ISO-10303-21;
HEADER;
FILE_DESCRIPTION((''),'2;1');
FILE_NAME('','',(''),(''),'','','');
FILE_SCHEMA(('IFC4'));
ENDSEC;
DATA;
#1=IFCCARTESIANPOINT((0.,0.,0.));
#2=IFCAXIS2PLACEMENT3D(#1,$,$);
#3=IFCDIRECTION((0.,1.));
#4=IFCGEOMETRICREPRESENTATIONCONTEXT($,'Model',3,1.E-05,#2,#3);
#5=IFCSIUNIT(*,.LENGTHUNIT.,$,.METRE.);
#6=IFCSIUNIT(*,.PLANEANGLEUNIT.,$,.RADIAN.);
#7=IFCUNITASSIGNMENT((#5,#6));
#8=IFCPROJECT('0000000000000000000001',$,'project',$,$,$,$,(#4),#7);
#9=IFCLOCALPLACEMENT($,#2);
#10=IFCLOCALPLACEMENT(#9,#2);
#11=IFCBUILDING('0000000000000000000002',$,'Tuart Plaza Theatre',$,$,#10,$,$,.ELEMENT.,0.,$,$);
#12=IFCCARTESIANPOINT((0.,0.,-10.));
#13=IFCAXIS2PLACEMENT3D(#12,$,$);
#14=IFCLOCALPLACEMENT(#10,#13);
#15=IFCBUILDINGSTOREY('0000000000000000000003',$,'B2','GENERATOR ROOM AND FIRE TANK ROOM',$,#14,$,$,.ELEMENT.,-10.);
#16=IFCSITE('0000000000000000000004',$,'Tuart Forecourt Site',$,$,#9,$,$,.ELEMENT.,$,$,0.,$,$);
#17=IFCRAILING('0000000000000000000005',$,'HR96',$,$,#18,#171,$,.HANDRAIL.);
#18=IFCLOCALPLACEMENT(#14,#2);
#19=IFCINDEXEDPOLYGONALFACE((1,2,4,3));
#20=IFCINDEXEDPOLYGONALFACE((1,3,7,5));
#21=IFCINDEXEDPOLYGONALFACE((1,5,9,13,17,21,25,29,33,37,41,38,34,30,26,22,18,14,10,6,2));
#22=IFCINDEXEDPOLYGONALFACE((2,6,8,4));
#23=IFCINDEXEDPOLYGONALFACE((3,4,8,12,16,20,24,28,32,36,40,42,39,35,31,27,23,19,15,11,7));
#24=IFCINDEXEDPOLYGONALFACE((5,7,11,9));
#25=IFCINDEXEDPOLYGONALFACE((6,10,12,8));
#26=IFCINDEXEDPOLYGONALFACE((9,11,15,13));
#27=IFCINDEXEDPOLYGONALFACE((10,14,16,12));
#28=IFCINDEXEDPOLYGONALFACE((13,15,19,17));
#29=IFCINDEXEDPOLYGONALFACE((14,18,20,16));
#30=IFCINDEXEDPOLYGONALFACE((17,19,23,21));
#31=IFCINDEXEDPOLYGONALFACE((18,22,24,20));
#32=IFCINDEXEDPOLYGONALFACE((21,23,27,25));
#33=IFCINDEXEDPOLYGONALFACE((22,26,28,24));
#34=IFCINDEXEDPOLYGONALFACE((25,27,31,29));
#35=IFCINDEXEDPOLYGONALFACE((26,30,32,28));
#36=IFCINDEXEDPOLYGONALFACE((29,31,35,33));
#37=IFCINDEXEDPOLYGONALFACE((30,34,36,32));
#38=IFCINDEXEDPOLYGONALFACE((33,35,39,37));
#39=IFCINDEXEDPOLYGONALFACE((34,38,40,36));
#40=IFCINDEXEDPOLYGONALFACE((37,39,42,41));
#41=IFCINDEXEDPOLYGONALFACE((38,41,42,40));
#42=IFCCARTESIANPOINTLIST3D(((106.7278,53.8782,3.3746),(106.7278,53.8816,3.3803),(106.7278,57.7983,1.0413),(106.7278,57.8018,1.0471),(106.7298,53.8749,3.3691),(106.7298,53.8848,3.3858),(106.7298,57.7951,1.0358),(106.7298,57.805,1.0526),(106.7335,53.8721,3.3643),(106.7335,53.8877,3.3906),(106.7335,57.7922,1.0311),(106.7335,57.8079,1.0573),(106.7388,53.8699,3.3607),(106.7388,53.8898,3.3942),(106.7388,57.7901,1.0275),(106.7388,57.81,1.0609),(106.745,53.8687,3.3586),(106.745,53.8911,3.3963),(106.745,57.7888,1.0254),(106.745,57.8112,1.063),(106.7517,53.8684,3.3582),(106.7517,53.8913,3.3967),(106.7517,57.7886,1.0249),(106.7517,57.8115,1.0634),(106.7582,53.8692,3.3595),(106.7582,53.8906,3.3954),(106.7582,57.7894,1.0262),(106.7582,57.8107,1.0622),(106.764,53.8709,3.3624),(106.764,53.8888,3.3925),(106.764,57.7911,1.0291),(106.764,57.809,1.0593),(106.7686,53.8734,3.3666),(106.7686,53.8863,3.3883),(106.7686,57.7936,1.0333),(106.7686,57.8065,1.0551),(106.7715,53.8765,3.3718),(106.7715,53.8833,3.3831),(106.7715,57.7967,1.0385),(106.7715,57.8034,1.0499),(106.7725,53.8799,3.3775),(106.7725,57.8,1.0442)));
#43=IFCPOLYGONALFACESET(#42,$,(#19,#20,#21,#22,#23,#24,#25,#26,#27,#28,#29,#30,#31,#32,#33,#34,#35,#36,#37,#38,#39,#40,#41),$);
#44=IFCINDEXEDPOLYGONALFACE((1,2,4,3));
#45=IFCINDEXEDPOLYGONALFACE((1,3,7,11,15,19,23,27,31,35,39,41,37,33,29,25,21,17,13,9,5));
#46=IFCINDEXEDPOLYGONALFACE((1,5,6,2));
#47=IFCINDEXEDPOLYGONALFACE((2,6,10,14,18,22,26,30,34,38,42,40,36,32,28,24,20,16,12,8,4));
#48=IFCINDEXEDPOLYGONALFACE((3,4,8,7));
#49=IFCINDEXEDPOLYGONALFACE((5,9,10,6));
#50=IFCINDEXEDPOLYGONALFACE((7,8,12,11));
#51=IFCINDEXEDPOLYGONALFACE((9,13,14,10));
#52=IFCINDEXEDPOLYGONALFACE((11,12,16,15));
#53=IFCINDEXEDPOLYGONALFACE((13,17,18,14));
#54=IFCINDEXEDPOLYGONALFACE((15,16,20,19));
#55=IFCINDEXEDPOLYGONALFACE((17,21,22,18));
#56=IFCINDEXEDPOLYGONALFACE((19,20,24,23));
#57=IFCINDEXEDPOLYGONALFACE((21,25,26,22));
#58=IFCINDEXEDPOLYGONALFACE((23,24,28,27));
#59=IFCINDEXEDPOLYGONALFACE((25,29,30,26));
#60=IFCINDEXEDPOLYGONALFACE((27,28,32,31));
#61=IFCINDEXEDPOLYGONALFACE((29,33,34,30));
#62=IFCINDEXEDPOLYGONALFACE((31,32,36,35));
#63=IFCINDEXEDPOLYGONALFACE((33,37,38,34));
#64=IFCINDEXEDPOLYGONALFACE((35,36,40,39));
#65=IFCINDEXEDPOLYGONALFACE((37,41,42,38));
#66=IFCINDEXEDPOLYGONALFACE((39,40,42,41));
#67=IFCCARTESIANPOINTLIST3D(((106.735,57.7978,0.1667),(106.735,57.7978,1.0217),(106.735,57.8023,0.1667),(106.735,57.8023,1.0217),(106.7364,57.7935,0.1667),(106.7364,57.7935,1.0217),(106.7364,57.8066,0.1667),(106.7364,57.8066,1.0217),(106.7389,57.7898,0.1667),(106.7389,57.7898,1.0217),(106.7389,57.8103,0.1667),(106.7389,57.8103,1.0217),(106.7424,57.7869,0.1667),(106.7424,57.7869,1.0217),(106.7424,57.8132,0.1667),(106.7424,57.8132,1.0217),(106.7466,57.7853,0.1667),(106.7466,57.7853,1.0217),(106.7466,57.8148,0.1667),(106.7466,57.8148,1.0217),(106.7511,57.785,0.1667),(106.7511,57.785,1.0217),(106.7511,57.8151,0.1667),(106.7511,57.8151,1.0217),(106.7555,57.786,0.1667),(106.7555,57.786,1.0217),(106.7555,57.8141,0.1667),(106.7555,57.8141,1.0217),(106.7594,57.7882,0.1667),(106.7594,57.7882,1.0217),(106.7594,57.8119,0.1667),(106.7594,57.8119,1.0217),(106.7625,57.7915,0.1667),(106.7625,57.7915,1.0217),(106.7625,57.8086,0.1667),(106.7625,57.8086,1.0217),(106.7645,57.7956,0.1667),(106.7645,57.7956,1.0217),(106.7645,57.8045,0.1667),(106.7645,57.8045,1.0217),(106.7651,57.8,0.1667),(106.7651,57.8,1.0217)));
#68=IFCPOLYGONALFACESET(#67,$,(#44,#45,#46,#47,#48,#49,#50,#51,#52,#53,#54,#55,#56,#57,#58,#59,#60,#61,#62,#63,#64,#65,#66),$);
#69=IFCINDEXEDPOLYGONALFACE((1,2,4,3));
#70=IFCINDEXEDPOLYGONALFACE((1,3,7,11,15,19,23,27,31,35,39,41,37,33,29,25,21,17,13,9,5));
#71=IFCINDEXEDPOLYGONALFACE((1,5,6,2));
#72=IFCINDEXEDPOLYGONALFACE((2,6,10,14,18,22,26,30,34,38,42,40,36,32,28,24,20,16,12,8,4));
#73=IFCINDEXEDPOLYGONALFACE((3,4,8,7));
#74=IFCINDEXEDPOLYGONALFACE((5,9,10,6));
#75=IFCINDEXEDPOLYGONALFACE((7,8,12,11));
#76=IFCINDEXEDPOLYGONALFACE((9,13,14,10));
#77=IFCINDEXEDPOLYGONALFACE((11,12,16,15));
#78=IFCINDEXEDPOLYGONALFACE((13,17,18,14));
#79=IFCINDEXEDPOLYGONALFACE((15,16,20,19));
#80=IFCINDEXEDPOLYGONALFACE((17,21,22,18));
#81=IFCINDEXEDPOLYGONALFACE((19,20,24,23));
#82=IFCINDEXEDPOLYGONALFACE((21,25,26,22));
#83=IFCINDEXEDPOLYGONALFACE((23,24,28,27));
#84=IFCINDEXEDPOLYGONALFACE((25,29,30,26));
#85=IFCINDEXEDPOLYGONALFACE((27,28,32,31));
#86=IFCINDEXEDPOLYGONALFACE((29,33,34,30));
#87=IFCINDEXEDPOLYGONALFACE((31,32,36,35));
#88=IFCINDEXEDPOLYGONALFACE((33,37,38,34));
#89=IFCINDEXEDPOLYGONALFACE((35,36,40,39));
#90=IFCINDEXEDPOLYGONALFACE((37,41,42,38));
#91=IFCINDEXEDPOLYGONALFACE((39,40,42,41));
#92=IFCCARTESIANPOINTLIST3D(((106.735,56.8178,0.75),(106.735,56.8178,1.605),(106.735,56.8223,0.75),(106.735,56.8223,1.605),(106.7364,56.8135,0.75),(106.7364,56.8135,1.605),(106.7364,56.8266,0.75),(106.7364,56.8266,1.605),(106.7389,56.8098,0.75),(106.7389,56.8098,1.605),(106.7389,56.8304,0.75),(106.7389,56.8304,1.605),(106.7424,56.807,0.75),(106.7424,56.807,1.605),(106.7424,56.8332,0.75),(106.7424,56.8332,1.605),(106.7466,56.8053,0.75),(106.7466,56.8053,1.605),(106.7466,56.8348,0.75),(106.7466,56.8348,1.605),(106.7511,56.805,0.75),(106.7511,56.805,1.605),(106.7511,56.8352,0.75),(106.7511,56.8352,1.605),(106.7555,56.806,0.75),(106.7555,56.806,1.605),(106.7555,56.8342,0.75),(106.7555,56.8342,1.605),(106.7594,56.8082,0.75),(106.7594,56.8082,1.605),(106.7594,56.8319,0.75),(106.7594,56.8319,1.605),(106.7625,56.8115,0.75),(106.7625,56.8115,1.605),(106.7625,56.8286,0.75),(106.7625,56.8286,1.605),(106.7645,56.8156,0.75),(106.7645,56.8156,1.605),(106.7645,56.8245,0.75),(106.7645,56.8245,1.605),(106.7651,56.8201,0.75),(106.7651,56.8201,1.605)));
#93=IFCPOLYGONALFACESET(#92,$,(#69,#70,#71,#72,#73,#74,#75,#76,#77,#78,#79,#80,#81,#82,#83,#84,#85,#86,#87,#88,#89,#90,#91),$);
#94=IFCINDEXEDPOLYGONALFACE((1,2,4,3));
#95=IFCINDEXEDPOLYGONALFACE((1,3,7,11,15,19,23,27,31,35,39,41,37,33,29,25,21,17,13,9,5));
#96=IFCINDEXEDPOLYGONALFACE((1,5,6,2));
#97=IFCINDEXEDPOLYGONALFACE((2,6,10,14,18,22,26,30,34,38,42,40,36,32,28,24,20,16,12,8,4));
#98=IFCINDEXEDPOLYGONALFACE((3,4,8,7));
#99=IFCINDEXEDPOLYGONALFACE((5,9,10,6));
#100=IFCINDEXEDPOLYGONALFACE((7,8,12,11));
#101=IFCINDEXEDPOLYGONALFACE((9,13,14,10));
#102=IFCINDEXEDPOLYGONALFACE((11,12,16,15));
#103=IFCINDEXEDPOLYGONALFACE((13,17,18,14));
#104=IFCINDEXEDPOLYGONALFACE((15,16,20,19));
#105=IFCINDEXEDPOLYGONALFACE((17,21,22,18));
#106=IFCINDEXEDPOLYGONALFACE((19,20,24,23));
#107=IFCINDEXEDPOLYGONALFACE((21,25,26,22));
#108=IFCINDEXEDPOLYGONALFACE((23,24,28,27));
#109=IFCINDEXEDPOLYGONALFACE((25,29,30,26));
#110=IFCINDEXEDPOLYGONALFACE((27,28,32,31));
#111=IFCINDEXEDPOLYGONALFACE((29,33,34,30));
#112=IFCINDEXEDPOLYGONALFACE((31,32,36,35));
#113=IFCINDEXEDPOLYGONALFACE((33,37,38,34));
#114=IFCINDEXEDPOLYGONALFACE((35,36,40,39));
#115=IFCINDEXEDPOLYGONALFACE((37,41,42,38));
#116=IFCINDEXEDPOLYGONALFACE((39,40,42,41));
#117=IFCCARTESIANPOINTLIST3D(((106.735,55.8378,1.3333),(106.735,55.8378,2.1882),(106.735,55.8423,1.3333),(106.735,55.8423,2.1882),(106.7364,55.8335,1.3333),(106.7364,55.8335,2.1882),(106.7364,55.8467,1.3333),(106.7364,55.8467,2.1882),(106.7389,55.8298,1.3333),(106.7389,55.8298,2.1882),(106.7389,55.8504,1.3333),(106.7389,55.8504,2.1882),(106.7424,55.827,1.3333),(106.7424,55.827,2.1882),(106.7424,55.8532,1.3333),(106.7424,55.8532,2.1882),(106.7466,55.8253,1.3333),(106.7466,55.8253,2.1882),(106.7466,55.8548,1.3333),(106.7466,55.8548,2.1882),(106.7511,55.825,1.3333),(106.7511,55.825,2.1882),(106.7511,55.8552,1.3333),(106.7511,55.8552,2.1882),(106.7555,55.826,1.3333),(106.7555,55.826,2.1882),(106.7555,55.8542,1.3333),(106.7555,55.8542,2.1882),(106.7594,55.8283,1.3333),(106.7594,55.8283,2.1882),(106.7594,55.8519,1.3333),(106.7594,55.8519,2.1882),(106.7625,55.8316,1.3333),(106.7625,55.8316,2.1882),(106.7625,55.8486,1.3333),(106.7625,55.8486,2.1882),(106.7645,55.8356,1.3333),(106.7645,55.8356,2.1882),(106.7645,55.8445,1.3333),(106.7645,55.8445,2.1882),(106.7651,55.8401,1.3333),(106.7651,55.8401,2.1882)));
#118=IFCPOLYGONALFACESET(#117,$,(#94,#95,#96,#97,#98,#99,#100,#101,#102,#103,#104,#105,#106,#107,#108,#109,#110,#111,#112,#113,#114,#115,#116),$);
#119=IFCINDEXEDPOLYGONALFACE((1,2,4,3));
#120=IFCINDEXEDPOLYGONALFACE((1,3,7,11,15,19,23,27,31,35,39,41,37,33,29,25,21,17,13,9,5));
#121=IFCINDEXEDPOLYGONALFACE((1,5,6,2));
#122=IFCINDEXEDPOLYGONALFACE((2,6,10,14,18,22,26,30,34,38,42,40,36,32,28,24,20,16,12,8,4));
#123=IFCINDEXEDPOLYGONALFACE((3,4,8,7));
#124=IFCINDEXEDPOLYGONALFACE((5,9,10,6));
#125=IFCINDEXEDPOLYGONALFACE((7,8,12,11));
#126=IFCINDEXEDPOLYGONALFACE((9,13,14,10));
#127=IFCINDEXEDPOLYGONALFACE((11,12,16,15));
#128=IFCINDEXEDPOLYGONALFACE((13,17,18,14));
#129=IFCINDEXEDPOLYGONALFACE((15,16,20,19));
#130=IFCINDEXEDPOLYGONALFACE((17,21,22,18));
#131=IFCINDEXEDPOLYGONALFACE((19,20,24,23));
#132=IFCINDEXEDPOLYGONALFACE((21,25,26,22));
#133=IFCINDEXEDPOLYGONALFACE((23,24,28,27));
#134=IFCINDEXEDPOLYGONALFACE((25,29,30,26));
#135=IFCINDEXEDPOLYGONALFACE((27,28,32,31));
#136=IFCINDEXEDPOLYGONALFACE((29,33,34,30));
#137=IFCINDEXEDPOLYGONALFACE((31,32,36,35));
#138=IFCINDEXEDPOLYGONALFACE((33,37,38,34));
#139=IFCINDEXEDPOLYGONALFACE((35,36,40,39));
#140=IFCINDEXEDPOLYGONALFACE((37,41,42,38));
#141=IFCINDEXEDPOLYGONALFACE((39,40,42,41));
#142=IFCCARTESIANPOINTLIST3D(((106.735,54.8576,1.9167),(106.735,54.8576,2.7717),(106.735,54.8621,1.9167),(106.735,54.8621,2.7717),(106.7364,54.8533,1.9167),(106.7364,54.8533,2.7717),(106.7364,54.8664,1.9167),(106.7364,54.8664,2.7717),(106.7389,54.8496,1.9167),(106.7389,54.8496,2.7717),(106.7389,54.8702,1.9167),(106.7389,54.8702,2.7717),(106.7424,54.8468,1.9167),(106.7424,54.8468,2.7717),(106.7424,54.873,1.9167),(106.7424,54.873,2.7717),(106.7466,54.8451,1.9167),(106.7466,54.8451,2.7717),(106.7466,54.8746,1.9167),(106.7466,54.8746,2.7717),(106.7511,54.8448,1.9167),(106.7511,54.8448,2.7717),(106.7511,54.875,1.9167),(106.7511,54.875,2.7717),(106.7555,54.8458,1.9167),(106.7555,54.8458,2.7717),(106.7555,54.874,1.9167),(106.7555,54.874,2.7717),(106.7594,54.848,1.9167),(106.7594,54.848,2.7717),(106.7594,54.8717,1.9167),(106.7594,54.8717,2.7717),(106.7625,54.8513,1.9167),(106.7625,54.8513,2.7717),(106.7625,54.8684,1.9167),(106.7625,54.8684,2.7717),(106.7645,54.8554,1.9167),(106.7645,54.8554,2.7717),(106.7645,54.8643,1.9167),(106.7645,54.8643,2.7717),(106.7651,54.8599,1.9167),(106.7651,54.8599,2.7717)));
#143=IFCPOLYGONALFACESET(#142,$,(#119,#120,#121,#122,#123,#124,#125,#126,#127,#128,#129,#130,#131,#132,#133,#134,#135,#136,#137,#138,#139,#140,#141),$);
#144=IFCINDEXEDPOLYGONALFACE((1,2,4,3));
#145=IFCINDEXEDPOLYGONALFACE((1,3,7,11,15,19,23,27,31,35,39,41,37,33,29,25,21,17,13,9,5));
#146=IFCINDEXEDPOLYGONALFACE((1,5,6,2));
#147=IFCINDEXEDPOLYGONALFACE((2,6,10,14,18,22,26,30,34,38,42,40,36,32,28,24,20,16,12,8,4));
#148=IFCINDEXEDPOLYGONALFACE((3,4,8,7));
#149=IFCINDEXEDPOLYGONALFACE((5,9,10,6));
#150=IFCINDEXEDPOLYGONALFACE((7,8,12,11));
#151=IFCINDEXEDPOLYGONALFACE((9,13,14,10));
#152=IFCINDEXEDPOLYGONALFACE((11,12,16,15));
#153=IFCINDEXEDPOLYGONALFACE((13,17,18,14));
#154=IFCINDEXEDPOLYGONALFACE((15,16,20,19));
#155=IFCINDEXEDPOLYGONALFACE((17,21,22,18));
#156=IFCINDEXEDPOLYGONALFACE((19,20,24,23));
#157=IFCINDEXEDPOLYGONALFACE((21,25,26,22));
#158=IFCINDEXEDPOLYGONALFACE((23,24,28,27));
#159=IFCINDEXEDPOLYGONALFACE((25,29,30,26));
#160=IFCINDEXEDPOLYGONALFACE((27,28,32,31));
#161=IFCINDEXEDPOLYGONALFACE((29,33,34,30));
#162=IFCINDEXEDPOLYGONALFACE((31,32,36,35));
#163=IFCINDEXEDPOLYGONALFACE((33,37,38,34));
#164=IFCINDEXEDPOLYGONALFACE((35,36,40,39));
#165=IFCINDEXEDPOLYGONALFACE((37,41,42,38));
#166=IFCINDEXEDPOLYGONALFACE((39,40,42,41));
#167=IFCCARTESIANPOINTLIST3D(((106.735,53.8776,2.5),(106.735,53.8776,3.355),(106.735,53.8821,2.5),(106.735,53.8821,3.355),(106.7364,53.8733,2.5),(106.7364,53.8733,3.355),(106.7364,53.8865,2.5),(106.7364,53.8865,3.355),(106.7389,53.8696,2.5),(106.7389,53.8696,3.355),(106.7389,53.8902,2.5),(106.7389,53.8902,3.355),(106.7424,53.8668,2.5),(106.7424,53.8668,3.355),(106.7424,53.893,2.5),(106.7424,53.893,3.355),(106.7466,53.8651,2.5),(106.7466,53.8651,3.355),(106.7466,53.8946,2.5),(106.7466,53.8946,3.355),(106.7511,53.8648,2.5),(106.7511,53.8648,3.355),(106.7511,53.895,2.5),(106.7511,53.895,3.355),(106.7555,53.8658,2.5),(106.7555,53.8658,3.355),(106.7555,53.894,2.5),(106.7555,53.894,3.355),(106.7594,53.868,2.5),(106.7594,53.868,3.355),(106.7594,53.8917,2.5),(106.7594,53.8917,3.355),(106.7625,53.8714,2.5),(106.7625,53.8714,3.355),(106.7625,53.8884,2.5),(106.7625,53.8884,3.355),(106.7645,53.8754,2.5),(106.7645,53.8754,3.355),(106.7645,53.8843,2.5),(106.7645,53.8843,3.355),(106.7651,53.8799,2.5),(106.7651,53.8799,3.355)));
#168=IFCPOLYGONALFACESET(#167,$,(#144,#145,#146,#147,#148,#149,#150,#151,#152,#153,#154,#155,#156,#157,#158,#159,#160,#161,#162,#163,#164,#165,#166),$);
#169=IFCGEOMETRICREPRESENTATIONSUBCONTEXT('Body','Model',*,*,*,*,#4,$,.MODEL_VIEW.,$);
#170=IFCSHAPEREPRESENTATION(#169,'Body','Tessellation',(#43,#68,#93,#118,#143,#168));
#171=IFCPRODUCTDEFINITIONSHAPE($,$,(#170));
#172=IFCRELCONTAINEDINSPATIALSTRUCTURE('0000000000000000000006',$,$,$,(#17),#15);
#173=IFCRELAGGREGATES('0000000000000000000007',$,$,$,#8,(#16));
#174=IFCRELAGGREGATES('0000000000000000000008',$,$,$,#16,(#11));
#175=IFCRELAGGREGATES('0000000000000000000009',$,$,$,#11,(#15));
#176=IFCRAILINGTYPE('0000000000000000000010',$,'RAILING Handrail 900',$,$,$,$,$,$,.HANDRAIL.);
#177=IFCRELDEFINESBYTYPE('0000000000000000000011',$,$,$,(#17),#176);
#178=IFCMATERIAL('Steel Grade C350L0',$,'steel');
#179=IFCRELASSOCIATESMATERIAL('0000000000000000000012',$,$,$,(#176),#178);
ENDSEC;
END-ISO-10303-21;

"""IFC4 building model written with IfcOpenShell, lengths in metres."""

from ifc_helpers import new_model, si_unit, direction, frame, origin, origin_2d, place, context, subcontext, project, spatial, circle, extrude, material, type_object, element, save


model = new_model("IFC4")

# Units and contexts
model_context = context("Model", 3, precision=1e-05, world=origin(), true_north=direction((0.0, 1.0)))
body_context = subcontext(model_context, "Body", "Model", "MODEL_VIEW")
ifc_project = project(units=[si_unit("LENGTHUNIT", "METRE"), si_unit("PLANEANGLEUNIT", "RADIAN")], contexts=[model_context])

# Site, building, storey
site_placement = place(None, origin())
site = spatial("IfcSite", under=ifc_project, at=site_placement, Name="Tuart Forecourt Site", CompositionType="ELEMENT", RefElevation=0.0)
building_placement = place(site_placement, origin())
building = spatial("IfcBuilding", under=site, at=building_placement, Name="Tuart Plaza Theatre", CompositionType="ELEMENT", ElevationOfRefHeight=0.0)
storey_placement = place(building_placement, frame((0.0, 0.0, -10.0)))
storey = spatial("IfcBuildingStorey", under=building, at=storey_placement, Name="B2", Description="GENERATOR ROOM AND FIRE TANK ROOM", CompositionType="ELEMENT", Elevation=-10.0)

# Railing
ifc_material_1 = material(Name="Steel Grade C350L0", Category="steel")
railing_type = type_object("IfcRailingType", Name="RAILING Handrail 900", PredefinedType="HANDRAIL", material=ifc_material_1)
railing_placement = place(storey_placement, frame((106.75, 57.8, 0.1667)))
element("IfcRailing", 1, at=railing_placement, inside=storey, type_object=railing_type, Name="HR96", PredefinedType="HANDRAIL", context=body_context, shape_type="SweptSolid", body=[
    extrude(circle(Radius=0.0225, at=origin_2d()), frame((0.0, 0.0, 0.8774), z_axis=(0.0, -0.85931, 0.511455), x_axis=(1.0, 0.0, 0.0)), (0.0, 0.0, 1.0), 4.562),
    extrude(circle(Radius=0.0151, at=origin_2d()), origin(), (0.0, 0.0, 1.0), 0.855),
    extrude(circle(Radius=0.0151, at=origin_2d()), frame((0.0, -0.98, 0.5833)), (0.0, 0.0, 1.0), 0.855),
    extrude(circle(Radius=0.0151, at=origin_2d()), frame((0.0, -1.96, 1.1665)), (0.0, 0.0, 1.0), 0.855),
    extrude(circle(Radius=0.0151, at=origin_2d()), frame((0.0, -2.9402, 1.75)), (0.0, 0.0, 1.0), 0.855),
    extrude(circle(Radius=0.0151, at=origin_2d()), frame((0.0, -3.9202, 2.3333)), (0.0, 0.0, 1.0), 0.855),
])

save(model, "model.ifc")
